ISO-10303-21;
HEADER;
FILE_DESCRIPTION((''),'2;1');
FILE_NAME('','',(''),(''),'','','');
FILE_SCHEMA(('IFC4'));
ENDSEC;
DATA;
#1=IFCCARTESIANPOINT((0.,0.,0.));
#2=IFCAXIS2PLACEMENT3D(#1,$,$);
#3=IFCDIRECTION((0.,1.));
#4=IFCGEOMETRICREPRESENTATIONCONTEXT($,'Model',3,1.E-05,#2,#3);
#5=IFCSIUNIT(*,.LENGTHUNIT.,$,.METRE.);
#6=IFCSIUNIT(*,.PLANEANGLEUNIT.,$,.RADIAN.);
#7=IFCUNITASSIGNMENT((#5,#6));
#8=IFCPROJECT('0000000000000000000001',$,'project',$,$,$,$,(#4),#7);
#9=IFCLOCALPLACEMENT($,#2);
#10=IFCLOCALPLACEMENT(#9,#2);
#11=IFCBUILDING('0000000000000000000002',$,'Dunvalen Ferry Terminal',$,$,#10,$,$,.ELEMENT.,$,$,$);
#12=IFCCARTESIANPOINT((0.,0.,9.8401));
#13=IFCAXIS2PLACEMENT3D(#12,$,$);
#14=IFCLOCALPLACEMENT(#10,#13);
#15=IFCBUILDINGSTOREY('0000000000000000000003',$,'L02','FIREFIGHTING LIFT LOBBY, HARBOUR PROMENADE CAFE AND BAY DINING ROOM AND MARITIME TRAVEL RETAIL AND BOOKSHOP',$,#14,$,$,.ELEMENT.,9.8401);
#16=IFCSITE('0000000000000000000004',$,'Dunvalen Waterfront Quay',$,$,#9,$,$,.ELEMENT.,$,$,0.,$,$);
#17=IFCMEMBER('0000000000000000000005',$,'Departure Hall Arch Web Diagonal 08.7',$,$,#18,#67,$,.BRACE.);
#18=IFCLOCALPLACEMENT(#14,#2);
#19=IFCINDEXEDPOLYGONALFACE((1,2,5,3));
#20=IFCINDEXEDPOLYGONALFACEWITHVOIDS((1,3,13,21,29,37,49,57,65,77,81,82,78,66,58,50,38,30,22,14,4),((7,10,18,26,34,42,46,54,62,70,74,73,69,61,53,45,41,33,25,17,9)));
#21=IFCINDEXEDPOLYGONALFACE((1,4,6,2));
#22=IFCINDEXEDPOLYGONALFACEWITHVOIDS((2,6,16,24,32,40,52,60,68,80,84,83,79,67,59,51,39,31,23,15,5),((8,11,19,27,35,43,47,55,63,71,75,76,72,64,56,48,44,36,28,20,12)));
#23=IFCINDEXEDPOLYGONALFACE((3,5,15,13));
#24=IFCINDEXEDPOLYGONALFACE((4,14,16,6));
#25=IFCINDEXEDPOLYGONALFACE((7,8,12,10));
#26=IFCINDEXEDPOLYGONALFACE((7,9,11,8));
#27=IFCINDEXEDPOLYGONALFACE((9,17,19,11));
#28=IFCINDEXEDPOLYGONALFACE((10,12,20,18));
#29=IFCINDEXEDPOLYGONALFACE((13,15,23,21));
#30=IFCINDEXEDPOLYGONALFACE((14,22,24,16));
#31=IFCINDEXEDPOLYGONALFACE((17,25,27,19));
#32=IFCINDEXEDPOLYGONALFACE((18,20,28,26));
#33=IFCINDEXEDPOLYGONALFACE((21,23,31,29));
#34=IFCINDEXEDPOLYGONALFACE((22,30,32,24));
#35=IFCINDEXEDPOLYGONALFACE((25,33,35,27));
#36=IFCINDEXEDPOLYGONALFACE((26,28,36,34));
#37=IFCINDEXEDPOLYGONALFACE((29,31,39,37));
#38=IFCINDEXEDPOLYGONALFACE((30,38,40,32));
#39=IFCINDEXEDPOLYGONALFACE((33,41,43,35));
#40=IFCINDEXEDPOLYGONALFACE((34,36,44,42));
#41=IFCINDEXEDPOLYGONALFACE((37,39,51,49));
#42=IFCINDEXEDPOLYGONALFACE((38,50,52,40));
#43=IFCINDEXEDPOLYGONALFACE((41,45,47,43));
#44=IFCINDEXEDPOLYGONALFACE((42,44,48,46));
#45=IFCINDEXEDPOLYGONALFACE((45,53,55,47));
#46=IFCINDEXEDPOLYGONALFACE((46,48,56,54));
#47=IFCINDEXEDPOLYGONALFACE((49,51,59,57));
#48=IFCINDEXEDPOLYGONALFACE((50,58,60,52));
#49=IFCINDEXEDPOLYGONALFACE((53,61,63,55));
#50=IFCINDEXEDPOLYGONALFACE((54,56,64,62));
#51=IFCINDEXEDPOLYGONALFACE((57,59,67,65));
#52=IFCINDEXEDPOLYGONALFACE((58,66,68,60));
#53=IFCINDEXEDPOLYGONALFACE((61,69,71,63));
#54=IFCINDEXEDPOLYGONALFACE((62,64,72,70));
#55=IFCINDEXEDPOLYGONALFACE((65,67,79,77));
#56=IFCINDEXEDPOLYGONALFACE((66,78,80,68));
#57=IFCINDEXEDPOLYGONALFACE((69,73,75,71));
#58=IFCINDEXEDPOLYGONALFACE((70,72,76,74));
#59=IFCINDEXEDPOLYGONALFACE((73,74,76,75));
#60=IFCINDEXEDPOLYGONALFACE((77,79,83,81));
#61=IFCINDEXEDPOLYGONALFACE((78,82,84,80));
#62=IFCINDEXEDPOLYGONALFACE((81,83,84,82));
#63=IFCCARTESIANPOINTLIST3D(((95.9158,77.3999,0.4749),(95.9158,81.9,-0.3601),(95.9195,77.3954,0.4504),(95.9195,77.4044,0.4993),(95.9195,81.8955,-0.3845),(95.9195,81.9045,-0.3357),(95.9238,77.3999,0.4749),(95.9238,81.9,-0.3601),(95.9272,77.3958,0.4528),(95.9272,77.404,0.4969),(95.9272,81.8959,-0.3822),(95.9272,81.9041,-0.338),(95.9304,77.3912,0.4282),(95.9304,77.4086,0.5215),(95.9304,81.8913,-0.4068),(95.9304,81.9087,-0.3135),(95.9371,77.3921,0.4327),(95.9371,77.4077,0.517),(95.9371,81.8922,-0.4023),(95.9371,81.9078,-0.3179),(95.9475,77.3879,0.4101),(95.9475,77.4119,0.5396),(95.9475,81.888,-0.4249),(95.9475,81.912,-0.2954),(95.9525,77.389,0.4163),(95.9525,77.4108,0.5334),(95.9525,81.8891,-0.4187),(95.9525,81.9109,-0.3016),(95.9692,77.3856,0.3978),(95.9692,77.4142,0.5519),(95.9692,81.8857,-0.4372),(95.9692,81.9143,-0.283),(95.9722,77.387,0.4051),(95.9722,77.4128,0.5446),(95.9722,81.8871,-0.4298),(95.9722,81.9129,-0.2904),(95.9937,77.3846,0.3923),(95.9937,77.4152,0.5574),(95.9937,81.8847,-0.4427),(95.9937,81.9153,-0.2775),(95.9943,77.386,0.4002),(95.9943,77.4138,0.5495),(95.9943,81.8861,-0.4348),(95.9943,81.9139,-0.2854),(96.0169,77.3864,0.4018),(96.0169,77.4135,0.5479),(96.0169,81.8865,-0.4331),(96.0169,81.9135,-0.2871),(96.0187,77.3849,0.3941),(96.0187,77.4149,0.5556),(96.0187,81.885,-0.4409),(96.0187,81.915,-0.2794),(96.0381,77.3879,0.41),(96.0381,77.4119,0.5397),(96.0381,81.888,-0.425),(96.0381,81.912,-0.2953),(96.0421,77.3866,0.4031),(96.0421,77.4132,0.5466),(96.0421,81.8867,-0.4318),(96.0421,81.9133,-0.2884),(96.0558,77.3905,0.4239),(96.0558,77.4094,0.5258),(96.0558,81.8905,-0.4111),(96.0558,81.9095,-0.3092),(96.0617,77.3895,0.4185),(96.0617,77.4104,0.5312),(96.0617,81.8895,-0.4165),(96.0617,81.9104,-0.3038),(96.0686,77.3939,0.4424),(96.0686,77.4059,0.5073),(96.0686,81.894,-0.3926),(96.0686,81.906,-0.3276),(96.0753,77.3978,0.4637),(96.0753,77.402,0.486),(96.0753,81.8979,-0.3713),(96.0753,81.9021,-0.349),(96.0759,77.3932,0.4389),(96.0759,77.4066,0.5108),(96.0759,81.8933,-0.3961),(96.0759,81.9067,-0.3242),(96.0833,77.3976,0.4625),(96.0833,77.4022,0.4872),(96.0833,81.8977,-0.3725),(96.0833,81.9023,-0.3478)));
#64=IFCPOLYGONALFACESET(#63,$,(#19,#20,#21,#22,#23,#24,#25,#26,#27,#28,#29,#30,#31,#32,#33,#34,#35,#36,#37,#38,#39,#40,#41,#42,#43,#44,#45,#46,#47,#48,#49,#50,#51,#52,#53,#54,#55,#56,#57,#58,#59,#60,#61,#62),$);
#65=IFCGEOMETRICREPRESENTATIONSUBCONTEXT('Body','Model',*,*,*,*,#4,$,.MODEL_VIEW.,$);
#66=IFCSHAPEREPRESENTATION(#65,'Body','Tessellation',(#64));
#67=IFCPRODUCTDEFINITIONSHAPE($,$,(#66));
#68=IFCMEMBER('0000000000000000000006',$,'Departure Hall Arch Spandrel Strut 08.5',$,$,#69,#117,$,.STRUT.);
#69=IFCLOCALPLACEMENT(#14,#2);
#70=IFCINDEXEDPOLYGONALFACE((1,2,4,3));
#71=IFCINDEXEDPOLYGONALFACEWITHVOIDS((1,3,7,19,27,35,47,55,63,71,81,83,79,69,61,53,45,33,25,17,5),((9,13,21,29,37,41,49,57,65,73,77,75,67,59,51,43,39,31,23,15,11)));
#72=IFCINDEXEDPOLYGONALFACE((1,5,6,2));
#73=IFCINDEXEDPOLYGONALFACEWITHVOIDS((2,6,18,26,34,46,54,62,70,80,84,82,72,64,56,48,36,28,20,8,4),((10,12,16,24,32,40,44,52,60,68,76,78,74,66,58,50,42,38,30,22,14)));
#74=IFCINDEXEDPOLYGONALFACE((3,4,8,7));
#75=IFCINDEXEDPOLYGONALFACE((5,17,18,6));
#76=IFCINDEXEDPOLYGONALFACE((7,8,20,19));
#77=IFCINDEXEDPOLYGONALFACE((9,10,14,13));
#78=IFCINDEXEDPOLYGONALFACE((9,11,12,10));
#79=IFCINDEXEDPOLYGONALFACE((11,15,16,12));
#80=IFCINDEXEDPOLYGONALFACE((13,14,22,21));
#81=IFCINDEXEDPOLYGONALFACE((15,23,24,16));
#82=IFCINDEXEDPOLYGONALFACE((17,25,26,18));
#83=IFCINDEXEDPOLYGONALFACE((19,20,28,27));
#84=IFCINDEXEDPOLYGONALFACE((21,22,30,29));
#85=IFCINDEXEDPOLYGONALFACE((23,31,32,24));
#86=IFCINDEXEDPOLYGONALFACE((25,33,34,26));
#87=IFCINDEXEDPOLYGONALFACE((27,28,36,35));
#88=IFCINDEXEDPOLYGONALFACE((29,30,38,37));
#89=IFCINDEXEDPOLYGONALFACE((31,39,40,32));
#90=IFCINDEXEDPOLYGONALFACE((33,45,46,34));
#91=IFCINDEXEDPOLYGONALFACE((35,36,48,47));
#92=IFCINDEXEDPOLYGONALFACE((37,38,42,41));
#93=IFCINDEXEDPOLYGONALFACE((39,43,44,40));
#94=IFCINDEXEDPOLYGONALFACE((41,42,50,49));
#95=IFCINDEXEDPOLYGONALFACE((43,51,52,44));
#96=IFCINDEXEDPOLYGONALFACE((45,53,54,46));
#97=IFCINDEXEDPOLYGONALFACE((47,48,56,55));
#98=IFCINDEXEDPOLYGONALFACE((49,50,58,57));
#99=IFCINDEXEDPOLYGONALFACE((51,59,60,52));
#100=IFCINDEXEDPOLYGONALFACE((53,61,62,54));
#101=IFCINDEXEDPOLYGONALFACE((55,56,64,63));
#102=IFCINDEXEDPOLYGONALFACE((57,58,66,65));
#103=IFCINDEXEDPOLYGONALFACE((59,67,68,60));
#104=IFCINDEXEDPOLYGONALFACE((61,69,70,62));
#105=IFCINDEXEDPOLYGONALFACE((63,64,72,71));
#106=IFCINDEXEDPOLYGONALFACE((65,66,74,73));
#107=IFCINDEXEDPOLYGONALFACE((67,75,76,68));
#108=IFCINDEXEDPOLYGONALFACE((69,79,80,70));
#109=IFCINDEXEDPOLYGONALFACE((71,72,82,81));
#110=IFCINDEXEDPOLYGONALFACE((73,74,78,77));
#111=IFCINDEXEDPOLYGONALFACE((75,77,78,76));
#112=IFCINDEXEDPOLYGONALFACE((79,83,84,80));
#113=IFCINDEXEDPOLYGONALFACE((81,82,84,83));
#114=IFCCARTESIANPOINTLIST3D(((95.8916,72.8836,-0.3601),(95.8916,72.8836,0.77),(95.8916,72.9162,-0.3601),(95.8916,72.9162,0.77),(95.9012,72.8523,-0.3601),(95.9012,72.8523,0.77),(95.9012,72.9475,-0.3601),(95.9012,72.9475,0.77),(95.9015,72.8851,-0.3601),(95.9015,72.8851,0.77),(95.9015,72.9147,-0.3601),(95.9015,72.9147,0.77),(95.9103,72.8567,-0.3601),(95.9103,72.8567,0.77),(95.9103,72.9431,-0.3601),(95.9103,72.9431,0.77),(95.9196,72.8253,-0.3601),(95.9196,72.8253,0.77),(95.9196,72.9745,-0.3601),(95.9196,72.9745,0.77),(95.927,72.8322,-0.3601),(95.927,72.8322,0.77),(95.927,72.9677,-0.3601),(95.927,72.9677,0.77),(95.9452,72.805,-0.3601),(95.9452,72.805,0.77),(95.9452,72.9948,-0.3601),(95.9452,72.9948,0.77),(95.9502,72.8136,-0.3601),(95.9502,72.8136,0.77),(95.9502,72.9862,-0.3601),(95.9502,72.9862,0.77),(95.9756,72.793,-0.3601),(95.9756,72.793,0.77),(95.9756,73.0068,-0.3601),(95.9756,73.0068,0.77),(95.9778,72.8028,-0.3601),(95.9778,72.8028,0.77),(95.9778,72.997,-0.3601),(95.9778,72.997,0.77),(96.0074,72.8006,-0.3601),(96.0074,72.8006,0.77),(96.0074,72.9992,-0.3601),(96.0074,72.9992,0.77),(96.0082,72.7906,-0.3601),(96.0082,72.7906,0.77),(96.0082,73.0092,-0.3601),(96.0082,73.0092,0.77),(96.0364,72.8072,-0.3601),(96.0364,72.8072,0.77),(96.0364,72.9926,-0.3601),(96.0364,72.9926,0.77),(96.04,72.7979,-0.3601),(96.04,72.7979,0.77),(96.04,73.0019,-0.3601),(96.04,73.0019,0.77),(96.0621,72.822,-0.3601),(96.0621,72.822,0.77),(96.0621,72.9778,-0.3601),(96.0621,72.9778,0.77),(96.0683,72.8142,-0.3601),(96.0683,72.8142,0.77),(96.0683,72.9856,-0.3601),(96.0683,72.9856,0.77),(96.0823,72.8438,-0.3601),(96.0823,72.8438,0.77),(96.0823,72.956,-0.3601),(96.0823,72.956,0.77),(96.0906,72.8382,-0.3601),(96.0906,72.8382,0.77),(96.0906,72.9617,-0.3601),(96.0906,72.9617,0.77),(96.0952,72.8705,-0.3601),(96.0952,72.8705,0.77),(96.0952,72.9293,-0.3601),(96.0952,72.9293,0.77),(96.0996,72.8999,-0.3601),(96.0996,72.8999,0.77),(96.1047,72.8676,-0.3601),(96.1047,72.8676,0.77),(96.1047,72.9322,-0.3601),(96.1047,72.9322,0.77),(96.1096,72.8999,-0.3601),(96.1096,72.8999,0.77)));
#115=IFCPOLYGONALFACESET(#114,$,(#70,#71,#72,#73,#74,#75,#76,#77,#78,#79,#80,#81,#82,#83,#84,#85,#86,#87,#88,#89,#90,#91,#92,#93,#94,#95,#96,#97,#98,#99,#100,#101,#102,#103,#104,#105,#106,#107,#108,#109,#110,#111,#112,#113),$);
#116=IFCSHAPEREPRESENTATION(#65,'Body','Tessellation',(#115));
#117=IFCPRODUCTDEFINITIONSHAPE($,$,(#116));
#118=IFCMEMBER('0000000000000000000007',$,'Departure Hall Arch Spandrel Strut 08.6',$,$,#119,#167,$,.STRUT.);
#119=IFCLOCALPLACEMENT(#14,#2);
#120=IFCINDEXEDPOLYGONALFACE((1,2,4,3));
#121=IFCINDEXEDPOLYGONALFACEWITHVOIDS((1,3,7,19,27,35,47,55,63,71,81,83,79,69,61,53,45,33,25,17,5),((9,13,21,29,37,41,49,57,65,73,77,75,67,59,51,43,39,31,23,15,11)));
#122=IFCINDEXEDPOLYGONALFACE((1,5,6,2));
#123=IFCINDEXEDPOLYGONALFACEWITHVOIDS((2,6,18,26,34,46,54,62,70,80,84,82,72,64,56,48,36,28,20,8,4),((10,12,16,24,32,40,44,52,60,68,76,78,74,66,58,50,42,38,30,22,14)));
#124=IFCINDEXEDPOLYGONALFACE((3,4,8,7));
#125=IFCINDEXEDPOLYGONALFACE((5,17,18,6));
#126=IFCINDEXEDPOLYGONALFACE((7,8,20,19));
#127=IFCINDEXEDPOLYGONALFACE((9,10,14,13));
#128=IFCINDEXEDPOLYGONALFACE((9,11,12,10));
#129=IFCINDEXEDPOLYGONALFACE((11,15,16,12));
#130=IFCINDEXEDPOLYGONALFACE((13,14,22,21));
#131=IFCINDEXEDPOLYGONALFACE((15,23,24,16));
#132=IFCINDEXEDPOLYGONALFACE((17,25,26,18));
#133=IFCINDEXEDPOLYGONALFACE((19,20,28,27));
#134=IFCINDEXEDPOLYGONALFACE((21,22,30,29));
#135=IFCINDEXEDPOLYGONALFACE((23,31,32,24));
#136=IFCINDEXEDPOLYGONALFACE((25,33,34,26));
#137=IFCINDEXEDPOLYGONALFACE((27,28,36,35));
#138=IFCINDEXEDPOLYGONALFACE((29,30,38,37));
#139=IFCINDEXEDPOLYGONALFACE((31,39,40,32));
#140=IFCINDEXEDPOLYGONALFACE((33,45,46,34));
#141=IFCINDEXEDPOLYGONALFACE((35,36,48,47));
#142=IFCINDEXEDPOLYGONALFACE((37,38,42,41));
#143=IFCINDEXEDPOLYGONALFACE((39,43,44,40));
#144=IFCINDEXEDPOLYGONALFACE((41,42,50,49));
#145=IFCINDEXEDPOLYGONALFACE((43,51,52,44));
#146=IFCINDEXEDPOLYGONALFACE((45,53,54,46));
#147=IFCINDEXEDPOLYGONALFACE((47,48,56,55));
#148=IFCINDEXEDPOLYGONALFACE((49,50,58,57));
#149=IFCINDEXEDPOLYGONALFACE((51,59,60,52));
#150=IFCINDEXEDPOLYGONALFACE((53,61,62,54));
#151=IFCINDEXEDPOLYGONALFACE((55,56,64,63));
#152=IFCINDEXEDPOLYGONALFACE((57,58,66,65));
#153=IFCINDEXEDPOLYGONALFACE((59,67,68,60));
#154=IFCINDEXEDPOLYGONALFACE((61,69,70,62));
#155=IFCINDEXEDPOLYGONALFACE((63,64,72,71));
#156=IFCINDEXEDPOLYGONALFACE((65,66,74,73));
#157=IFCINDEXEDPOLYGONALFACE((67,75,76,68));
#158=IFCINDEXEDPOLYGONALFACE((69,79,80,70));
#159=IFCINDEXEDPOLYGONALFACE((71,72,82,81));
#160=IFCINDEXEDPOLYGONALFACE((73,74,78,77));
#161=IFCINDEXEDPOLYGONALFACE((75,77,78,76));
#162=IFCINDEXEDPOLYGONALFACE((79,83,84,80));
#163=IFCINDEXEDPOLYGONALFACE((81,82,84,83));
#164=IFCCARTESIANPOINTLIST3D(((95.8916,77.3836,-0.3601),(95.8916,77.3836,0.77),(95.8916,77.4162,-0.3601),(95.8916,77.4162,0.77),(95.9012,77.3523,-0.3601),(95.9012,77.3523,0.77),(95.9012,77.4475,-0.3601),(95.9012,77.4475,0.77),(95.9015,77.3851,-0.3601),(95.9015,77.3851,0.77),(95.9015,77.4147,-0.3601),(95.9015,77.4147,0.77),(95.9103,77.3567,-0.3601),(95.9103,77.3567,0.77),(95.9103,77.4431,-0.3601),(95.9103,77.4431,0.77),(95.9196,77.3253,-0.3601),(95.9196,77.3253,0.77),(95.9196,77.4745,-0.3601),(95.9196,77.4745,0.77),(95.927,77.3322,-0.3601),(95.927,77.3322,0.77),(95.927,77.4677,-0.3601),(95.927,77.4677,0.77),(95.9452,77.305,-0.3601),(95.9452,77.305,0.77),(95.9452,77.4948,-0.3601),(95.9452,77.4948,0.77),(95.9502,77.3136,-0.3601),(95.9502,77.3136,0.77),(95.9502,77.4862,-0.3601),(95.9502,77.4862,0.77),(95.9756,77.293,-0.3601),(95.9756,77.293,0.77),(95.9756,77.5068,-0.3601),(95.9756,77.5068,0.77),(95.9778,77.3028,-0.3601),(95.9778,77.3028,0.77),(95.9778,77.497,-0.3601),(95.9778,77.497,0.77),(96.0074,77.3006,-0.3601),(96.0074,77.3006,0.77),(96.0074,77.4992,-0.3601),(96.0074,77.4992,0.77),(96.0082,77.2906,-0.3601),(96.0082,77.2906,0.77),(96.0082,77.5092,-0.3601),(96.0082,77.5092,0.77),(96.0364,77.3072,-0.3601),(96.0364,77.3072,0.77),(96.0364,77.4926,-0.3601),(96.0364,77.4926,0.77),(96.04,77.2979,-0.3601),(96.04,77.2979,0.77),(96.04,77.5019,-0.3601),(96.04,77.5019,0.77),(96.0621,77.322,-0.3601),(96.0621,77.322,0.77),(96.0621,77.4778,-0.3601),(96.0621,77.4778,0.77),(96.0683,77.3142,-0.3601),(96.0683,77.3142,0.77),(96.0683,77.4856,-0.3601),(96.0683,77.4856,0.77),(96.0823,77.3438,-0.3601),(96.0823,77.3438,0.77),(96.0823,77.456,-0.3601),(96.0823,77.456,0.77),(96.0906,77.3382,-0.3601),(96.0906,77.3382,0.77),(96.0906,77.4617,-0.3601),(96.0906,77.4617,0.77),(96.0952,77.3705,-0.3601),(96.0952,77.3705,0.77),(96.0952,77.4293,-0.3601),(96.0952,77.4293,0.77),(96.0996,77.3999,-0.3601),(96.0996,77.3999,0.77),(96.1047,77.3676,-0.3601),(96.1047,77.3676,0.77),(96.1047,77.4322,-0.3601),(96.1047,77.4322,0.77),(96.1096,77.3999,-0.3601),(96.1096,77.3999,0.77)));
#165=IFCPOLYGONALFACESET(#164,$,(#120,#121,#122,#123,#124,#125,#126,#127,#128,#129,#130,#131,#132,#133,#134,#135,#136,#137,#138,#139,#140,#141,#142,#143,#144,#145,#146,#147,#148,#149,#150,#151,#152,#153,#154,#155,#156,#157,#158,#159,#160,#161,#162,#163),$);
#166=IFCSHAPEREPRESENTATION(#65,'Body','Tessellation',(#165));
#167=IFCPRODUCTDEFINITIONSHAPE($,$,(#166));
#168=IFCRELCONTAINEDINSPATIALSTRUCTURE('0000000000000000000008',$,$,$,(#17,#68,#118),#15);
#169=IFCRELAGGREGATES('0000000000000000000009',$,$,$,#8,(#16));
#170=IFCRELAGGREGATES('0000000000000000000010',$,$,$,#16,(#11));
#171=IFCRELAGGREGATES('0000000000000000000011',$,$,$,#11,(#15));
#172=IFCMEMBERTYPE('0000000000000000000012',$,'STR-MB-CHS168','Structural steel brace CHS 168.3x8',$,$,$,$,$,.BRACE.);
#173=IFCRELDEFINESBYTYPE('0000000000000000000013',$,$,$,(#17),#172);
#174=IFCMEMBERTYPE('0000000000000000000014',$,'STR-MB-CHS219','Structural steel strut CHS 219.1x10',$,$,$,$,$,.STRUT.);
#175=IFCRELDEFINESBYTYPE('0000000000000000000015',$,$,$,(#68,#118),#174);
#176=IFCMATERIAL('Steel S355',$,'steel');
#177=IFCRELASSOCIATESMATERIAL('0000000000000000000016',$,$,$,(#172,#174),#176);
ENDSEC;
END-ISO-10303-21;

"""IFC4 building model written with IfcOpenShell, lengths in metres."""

from ifc_helpers import new_model, si_unit, direction, frame, origin, origin_2d, place, context, subcontext, project, spatial, hollow_circle, extrude, material, material_profile, profile_set, type_object, element, save


model = new_model("IFC4")

# Units and contexts
model_context = context("Model", 3, precision=1e-05, world=origin(), true_north=direction((0.0, 1.0)))
body_context = subcontext(model_context, "Body", "Model", "MODEL_VIEW")
ifc_project = project(units=[si_unit("LENGTHUNIT", "METRE"), si_unit("PLANEANGLEUNIT", "RADIAN")], contexts=[model_context])

# Site, building, storey
site_placement = place(None, origin())
site = spatial("IfcSite", under=ifc_project, at=site_placement, Name="Dunvalen Waterfront Quay", CompositionType="ELEMENT", RefElevation=0.0)
building_placement = place(site_placement, origin())
building = spatial("IfcBuilding", under=site, at=building_placement, Name="Dunvalen Ferry Terminal", CompositionType="ELEMENT")
storey_placement = place(building_placement, frame((0.0, 0.0, 9.8401)))
storey = spatial("IfcBuildingStorey", under=building, at=storey_placement, Name="L02", Description="FIREFIGHTING LIFT LOBBY, HARBOUR PROMENADE CAFE AND BAY DINING ROOM AND MARITIME TRAVEL RETAIL AND BOOKSHOP", CompositionType="ELEMENT", Elevation=9.8401)

# Shared definitions
ifc_material_1 = material(Name="Steel S355", Category="steel")

# Members
ifc_material_profile_1 = material_profile(ifc_material_1, hollow_circle(Radius=0.0842, WallThickness=0.0081, at=origin_2d()), Name="Steel S355")
ifc_profile_set_1 = profile_set([ifc_material_profile_1], Name="Steel S355")
member_type_1 = type_object("IfcMemberType", Name="STR-MB-CHS168", Description="Structural steel brace CHS 168.3x8", PredefinedType="BRACE", material=ifc_profile_set_1)
member_1_placement = place(storey_placement, frame((96.0, 77.3999, 0.4749), z_axis=(0.0, 0.983218, -0.182433), x_axis=(-1.0, 0.0, 0.0)))
element("IfcMember", 1, at=member_1_placement, inside=storey, type_object=member_type_1, Name="Departure Hall Arch Web Diagonal 08.7", PredefinedType="BRACE", context=body_context, shape_type="SweptSolid", body=[
    extrude(hollow_circle(Radius=0.0842, WallThickness=0.0081, at=origin_2d()), origin(), (0.0, 0.0, 1.0), 4.5769),
])
ifc_material_profile_2 = material_profile(ifc_material_1, hollow_circle(Radius=0.1096, WallThickness=0.01, at=origin_2d()), Name="Steel S355")
ifc_profile_set_2 = profile_set([ifc_material_profile_2], Name="Steel S355")
member_type_2 = type_object("IfcMemberType", Name="STR-MB-CHS219", Description="Structural steel strut CHS 219.1x10", PredefinedType="STRUT", material=ifc_profile_set_2)
for number, where, z_axis, x_axis, name in (
    (2, (96.0, 72.8999, -0.3601), (0.0, 0.0, 1.0), (1.0, 0.0, 0.0), "Departure Hall Arch Spandrel Strut 08.5"),
    (3, (96.0, 77.3999, -0.3601), (0.0, 0.0, 1.0), (1.0, 0.0, 0.0), "Departure Hall Arch Spandrel Strut 08.6"),
):
    element("IfcMember", number, at=place(storey_placement, frame(where, z_axis=z_axis, x_axis=x_axis)), inside=storey, type_object=member_type_2, Name=name, PredefinedType="STRUT", context=body_context, shape_type="SweptSolid", body=[
        extrude(hollow_circle(Radius=0.1096, WallThickness=0.01, at=origin_2d()), origin(), (0.0, 0.0, 1.0), 1.1301),
    ])

save(model, "model.ifc")
